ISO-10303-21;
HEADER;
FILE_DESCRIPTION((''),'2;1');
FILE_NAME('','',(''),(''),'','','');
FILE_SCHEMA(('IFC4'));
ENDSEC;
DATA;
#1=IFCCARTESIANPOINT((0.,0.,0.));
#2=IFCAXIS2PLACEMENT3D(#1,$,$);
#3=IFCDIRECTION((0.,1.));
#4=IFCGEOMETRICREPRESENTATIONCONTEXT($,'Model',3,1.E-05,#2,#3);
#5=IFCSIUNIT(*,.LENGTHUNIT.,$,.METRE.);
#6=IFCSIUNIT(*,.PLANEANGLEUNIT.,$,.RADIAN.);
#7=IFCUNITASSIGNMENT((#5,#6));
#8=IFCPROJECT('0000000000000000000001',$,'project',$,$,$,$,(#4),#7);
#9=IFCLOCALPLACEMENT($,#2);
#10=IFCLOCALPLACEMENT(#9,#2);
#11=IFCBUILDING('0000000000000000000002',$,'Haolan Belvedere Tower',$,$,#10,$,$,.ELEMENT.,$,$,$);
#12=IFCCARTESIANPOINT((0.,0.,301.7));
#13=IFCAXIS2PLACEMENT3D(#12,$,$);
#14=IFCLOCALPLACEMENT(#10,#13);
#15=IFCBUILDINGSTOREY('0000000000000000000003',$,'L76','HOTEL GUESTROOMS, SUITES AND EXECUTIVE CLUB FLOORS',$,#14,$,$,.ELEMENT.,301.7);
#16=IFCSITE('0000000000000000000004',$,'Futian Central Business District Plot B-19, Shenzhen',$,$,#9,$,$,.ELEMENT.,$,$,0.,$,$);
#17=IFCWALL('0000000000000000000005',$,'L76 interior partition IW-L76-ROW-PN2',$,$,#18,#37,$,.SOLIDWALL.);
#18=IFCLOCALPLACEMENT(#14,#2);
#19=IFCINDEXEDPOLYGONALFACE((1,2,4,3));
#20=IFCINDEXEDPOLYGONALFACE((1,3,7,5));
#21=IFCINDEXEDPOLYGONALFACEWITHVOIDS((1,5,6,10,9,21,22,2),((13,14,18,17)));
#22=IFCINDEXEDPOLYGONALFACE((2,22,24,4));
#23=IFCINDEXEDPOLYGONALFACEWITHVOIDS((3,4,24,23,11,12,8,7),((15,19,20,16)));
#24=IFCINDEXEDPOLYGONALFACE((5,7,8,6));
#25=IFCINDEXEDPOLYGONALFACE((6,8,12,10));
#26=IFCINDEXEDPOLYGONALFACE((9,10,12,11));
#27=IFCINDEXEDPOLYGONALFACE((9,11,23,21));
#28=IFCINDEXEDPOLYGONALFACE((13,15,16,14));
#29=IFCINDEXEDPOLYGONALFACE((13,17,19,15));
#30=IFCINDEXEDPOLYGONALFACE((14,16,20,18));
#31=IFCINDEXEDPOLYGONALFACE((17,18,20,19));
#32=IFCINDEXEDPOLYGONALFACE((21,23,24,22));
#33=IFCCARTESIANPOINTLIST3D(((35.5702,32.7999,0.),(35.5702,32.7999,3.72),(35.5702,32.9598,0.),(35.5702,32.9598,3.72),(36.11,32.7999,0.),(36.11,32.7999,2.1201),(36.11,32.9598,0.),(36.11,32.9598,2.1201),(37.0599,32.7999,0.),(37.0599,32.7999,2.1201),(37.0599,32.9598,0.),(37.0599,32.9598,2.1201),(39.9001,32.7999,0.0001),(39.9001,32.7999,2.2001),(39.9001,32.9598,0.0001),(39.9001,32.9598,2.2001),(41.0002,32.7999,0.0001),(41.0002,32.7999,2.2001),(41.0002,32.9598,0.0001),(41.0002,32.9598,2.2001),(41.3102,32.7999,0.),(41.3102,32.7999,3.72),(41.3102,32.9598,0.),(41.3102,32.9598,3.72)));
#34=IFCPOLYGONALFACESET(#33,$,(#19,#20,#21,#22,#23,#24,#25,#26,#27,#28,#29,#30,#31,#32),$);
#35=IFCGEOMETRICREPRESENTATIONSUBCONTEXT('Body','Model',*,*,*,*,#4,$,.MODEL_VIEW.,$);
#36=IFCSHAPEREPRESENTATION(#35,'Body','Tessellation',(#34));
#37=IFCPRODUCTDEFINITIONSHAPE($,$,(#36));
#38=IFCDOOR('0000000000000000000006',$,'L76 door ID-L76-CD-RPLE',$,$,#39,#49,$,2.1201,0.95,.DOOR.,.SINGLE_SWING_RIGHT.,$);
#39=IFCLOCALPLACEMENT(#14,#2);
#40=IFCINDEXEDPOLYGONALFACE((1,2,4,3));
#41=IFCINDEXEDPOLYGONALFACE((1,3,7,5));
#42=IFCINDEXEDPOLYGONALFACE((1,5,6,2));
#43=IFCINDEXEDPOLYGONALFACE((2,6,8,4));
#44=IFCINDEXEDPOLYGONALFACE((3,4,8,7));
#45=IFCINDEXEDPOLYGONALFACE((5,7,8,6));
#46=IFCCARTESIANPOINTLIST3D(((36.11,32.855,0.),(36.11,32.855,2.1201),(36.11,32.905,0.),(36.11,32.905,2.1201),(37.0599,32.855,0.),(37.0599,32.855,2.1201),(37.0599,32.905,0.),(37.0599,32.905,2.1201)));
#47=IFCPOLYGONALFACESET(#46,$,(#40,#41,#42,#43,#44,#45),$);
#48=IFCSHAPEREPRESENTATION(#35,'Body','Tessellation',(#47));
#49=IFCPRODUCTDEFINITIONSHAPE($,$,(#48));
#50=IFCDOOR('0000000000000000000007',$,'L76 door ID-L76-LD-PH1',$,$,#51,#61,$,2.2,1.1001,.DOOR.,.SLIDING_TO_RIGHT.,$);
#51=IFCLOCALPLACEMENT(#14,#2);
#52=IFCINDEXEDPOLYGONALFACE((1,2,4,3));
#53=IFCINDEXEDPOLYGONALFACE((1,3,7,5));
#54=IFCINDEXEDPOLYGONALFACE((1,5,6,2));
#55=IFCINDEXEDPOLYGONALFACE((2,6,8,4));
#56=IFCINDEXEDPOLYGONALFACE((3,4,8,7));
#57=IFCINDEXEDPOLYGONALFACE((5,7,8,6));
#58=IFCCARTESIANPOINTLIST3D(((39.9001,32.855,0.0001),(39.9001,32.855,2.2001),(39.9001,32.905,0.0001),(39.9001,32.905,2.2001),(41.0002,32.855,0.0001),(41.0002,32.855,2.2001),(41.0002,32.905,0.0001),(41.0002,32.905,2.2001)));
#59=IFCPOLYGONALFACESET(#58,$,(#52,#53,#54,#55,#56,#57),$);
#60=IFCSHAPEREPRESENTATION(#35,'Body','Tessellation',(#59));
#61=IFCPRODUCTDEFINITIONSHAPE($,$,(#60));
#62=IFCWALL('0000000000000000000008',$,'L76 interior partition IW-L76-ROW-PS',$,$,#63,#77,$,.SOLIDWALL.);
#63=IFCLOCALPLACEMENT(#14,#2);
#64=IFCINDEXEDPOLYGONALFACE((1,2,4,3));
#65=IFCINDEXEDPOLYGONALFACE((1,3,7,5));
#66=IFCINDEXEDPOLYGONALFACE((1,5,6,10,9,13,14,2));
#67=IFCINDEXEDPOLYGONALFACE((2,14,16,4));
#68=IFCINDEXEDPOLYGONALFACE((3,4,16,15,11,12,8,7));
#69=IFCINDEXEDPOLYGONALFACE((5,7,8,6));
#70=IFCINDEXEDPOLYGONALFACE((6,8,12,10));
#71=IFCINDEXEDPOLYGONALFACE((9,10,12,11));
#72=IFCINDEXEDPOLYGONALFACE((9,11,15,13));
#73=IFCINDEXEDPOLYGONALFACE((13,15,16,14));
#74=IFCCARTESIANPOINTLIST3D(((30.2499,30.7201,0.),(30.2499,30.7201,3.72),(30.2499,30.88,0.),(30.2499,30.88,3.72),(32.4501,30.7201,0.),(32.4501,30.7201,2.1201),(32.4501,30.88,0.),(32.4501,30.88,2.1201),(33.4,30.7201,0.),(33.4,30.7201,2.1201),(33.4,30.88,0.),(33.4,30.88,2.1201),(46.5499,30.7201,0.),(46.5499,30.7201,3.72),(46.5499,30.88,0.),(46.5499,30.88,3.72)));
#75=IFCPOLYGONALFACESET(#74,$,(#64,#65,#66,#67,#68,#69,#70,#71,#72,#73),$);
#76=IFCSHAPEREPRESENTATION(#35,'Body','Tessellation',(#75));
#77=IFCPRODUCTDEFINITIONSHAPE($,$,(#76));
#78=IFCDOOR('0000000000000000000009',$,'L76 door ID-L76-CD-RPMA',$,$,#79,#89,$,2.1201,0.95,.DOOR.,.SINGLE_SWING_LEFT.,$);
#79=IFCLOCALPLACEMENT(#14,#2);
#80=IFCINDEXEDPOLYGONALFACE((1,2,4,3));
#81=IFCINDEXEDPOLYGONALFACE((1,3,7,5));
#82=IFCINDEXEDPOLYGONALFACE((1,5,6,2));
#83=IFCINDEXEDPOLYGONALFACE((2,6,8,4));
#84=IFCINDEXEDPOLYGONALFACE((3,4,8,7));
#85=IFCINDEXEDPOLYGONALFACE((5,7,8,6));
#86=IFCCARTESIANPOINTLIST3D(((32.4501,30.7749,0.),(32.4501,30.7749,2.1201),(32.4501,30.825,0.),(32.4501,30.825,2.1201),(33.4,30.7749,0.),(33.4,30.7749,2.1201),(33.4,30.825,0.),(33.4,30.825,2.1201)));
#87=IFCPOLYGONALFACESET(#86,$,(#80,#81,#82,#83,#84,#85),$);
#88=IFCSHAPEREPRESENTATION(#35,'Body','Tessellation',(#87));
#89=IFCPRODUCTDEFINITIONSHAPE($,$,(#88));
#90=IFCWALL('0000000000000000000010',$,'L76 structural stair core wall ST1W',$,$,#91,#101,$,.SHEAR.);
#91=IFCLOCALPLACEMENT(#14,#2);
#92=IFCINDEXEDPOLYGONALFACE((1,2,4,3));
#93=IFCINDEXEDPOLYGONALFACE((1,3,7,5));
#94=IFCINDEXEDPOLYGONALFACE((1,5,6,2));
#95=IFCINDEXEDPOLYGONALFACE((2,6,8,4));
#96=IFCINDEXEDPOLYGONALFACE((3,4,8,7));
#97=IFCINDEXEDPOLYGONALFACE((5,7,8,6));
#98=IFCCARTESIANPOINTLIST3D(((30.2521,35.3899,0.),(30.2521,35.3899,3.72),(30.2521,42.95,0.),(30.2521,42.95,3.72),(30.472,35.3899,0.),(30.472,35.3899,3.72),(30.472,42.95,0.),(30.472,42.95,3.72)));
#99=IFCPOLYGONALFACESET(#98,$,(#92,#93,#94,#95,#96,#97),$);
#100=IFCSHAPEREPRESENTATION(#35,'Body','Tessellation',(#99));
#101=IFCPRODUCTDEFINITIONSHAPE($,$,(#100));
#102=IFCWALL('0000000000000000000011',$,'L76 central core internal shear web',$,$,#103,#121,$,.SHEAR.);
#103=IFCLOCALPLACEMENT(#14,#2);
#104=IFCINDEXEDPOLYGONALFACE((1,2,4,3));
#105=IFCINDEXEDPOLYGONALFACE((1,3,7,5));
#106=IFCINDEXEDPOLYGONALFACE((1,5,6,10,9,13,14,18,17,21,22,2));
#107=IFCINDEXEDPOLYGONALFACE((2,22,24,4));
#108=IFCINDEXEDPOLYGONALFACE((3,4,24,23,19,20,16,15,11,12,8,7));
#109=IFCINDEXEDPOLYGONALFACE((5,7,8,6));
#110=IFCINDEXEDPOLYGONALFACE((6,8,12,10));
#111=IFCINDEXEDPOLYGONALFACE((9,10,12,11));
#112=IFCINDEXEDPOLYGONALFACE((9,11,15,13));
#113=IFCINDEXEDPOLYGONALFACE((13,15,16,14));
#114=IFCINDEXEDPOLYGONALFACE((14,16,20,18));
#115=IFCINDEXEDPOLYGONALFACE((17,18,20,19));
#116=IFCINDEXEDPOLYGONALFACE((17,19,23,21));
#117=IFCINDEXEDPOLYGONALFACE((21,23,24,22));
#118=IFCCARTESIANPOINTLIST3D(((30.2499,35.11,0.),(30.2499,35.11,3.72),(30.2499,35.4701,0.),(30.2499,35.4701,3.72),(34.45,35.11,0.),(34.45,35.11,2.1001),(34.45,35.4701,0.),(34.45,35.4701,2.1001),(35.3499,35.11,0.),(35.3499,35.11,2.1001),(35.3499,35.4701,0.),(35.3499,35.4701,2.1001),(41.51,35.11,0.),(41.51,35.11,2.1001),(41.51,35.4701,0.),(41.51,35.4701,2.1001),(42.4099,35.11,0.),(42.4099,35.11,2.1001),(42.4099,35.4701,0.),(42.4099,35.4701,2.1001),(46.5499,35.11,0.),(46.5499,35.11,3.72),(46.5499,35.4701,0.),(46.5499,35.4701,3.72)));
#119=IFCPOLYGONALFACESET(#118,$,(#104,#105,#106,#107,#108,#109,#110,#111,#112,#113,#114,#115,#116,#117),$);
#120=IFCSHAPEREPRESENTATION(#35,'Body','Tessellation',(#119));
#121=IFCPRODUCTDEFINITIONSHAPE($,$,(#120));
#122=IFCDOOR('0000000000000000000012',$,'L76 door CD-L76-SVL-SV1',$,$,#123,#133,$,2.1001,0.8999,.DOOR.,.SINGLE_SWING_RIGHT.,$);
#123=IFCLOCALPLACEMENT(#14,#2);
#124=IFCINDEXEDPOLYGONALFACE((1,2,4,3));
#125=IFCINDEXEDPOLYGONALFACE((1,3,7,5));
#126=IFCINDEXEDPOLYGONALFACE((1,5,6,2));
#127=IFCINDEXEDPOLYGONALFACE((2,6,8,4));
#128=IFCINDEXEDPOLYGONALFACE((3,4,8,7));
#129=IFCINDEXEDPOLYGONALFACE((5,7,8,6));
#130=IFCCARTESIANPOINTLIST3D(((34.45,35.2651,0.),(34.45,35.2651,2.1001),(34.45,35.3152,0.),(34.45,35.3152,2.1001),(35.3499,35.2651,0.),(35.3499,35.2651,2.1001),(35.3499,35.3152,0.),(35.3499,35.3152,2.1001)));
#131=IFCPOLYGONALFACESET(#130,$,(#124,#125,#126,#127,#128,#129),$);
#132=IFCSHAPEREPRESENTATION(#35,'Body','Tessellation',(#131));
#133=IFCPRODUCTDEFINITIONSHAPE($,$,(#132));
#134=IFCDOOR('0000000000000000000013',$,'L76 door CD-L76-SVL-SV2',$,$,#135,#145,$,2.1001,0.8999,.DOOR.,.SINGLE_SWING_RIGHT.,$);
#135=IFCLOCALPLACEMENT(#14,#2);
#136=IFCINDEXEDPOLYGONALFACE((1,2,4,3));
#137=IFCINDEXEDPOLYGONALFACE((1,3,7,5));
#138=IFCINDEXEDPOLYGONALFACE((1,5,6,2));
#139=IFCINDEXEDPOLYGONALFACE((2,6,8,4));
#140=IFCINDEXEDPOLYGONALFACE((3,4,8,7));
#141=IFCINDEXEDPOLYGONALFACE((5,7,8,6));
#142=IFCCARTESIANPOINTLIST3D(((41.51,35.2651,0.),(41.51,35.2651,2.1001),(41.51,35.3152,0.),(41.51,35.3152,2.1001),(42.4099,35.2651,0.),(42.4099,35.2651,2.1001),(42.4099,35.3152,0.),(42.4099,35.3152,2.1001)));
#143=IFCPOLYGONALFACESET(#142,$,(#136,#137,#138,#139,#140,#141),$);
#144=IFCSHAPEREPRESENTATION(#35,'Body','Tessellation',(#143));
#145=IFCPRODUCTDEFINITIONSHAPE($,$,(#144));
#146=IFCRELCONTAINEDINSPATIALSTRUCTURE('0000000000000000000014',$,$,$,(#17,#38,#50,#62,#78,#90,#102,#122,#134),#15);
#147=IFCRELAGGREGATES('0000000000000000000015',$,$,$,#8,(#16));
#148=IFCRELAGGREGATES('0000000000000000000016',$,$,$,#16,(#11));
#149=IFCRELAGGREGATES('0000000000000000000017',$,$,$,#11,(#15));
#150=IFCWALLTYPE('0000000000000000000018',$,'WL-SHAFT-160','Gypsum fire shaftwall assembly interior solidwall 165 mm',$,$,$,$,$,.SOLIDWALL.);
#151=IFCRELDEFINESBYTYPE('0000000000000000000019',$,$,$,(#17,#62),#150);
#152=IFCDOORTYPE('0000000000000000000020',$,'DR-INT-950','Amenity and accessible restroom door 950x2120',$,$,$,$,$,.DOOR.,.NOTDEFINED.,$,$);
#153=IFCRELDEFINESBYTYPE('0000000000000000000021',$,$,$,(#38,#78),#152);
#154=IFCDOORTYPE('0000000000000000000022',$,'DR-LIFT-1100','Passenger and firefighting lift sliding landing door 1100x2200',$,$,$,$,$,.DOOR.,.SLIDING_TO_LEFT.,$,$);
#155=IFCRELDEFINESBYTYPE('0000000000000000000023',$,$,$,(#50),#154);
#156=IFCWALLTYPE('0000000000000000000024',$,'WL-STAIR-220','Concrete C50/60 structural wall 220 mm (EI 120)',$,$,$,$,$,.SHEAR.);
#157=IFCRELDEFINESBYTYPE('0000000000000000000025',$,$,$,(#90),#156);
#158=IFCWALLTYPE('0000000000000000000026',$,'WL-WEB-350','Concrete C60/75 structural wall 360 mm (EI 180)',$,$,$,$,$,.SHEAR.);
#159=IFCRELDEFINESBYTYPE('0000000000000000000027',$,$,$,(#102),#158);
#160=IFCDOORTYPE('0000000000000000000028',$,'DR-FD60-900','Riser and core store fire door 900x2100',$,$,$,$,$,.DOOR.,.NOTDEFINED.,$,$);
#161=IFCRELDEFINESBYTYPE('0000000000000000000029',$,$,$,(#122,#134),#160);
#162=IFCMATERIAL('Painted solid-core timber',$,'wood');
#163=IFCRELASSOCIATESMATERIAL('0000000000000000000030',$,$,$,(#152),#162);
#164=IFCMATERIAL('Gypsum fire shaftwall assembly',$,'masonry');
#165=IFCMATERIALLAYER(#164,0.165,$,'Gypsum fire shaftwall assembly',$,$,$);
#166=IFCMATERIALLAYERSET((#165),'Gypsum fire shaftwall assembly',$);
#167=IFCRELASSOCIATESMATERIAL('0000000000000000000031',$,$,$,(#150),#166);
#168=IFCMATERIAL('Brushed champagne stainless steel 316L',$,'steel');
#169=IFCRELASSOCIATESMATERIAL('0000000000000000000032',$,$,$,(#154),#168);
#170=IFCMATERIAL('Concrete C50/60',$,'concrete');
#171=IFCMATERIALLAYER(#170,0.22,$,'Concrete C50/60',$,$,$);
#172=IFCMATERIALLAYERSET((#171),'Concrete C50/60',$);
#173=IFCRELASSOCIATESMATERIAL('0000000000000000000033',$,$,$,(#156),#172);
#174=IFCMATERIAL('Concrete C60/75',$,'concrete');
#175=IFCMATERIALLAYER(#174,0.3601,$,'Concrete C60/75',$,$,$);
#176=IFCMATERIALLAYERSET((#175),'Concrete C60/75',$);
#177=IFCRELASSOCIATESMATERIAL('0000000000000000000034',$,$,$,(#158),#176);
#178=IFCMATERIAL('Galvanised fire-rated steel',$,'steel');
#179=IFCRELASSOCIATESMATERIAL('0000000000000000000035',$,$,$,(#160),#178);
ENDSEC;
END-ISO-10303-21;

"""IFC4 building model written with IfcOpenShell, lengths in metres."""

from ifc_helpers import new_model, si_unit, direction, frame, frame_2d, origin, place, context, subcontext, project, spatial, rectangle, extrude, material, layer, layer_set, type_object, element, fill, save


model = new_model("IFC4")

# Units and contexts
model_context = context("Model", 3, precision=1e-05, world=origin(), true_north=direction((0.0, 1.0)))
body_context = subcontext(model_context, "Body", "Model", "MODEL_VIEW")
ifc_project = project(units=[si_unit("LENGTHUNIT", "METRE"), si_unit("PLANEANGLEUNIT", "RADIAN")], contexts=[model_context])

# Site, building, storey
site_placement = place(None, origin())
site = spatial("IfcSite", under=ifc_project, at=site_placement, Name="Futian Central Business District Plot B-19, Shenzhen", CompositionType="ELEMENT", RefElevation=0.0)
building_placement = place(site_placement, origin())
building = spatial("IfcBuilding", under=site, at=building_placement, Name="Haolan Belvedere Tower", CompositionType="ELEMENT")
storey_placement = place(building_placement, frame((0.0, 0.0, 301.7)))
storey = spatial("IfcBuildingStorey", under=building, at=storey_placement, Name="L76", Description="HOTEL GUESTROOMS, SUITES AND EXECUTIVE CLUB FLOORS", CompositionType="ELEMENT", Elevation=301.7)

# Shared definitions
ifc_material_1 = material(Name="Concrete C60/75", Category="concrete")

# Shared definitions
ifc_material_2 = material(Name="Concrete C50/60", Category="concrete")

# Shared definitions
ifc_material_3 = material(Name="Painted solid-core timber", Category="wood")
door_type_1 = type_object("IfcDoorType", Name="DR-INT-950", Description="Amenity and accessible restroom door 950x2120", OperationType="NOTDEFINED", PredefinedType="DOOR", material=ifc_material_3)

# Shared definitions
ifc_material_4 = material(Name="Gypsum fire shaftwall assembly", Category="masonry")
ifc_layer_1 = layer(ifc_material_4, 0.165, Name="Gypsum fire shaftwall assembly")
ifc_layer_set_1 = layer_set([ifc_layer_1], Name="Gypsum fire shaftwall assembly")
wall_type_1 = type_object("IfcWallType", Name="WL-SHAFT-160", Description="Gypsum fire shaftwall assembly interior solidwall 165 mm", PredefinedType="SOLIDWALL", material=ifc_layer_set_1)

# Wall, openings, doors
wall_1_placement = place(storey_placement, frame((35.5701, 32.8799, 0.0), z_axis=(0.0, 0.0, 1.0), x_axis=(1.0, 0.0, 0.0)))
wall_1 = element("IfcWall", 1, at=wall_1_placement, inside=storey, type_object=wall_type_1, Name="L76 interior partition IW-L76-ROW-PN2", PredefinedType="SOLIDWALL", context=body_context, shape_type="SweptSolid", body=[
    extrude(rectangle(XDim=5.74, YDim=0.1599, at=frame_2d((2.8701, 0.0))), origin(), (0.0, 0.0, 1.0), 3.72),
])
opening_1_placement = place(wall_1_placement, frame((1.49, 0.0, 0.0), z_axis=(0.0, 0.0, 1.0), x_axis=(-1.0, 0.0, 0.0)))
opening_1 = element("IfcOpeningElement", 2, at=opening_1_placement, cuts=wall_1, PredefinedType="OPENING", context=body_context, shape_type="SweptSolid", body=[
    extrude(rectangle(XDim=0.95, YDim=2.1201, at=frame_2d((0.4751, 1.0601))), frame((0.0, 0.0898, 0.0), z_axis=(0.0, -1.0, 0.0), x_axis=(1.0, 0.0, 0.0)), (0.0, 0.0, 1.0), 0.1799),
])
opening_2_placement = place(wall_1_placement, frame((5.4302, 0.0, 0.0), z_axis=(0.0, 0.0, 1.0), x_axis=(-1.0, 0.0, 0.0)))
opening_2 = element("IfcOpeningElement", 3, at=opening_2_placement, cuts=wall_1, PredefinedType="OPENING", context=body_context, shape_type="SweptSolid", body=[
    extrude(rectangle(XDim=1.1001, YDim=2.2, at=frame_2d((0.55, 1.1001))), frame((0.0, 0.0898, 0.0), z_axis=(0.0, -1.0, 0.0), x_axis=(1.0, 0.0, 0.0)), (0.0, 0.0, 1.0), 0.1799),
])
door_1_placement = place(opening_1_placement, origin())
door_1 = element("IfcDoor", 4, at=door_1_placement, inside=storey, type_object=door_type_1, Name="L76 door ID-L76-CD-RPLE", OperationType="SINGLE_SWING_RIGHT", OverallHeight=2.1201, OverallWidth=0.95, PredefinedType="DOOR", context=body_context, shape_type="SweptSolid", body=[
    extrude(rectangle(XDim=0.95, YDim=2.1201, at=frame_2d((0.4751, 1.0601))), frame((0.0, 0.0249, 0.0), z_axis=(0.0, -1.0, 0.0), x_axis=(1.0, 0.0, 0.0)), (0.0, 0.0, 1.0), 0.05),
])
fill(opening_1, door_1)
ifc_material_5 = material(Name="Brushed champagne stainless steel 316L", Category="steel")
door_type_2 = type_object("IfcDoorType", Name="DR-LIFT-1100", Description="Passenger and firefighting lift sliding landing door 1100x2200", OperationType="SLIDING_TO_LEFT", PredefinedType="DOOR", material=ifc_material_5)
door_2_placement = place(opening_2_placement, origin())
door_2 = element("IfcDoor", 5, at=door_2_placement, inside=storey, type_object=door_type_2, Name="L76 door ID-L76-LD-PH1", OperationType="SLIDING_TO_RIGHT", OverallHeight=2.2, OverallWidth=1.1001, PredefinedType="DOOR", context=body_context, shape_type="SweptSolid", body=[
    extrude(rectangle(XDim=1.1001, YDim=2.2, at=frame_2d((0.55, 1.1001))), frame((0.0, 0.0249, 0.0), z_axis=(0.0, -1.0, 0.0), x_axis=(1.0, 0.0, 0.0)), (0.0, 0.0, 1.0), 0.05),
])
fill(opening_2, door_2)

# Wall, opening, door
wall_2_placement = place(storey_placement, frame((30.25, 30.8, 0.0), z_axis=(0.0, 0.0, 1.0), x_axis=(1.0, 0.0, 0.0)))
wall_2 = element("IfcWall", 6, at=wall_2_placement, inside=storey, type_object=wall_type_1, Name="L76 interior partition IW-L76-ROW-PS", PredefinedType="SOLIDWALL", context=body_context, shape_type="SweptSolid", body=[
    extrude(rectangle(XDim=16.3, YDim=0.1599, at=frame_2d((8.1499, 0.0))), origin(), (0.0, 0.0, 1.0), 3.72),
])
opening_3_placement = place(wall_2_placement, frame((2.2, 0.0, 0.0)))
opening_3 = element("IfcOpeningElement", 7, at=opening_3_placement, cuts=wall_2, PredefinedType="OPENING", context=body_context, shape_type="SweptSolid", body=[
    extrude(rectangle(XDim=0.95, YDim=2.1201, at=frame_2d((0.4751, 1.0601))), frame((0.0, 0.0898, 0.0), z_axis=(0.0, -1.0, 0.0), x_axis=(1.0, 0.0, 0.0)), (0.0, 0.0, 1.0), 0.1799),
])
door_3_placement = place(opening_3_placement, origin())
door_3 = element("IfcDoor", 8, at=door_3_placement, inside=storey, type_object=door_type_1, Name="L76 door ID-L76-CD-RPMA", OperationType="SINGLE_SWING_LEFT", OverallHeight=2.1201, OverallWidth=0.95, PredefinedType="DOOR", context=body_context, shape_type="SweptSolid", body=[
    extrude(rectangle(XDim=0.95, YDim=2.1201, at=frame_2d((0.4751, 1.0601))), frame((0.0, 0.0249, 0.0), z_axis=(0.0, -1.0, 0.0), x_axis=(1.0, 0.0, 0.0)), (0.0, 0.0, 1.0), 0.05),
])
fill(opening_3, door_3)

# Wall
ifc_layer_2 = layer(ifc_material_2, 0.22, Name="Concrete C50/60")
ifc_layer_set_2 = layer_set([ifc_layer_2], Name="Concrete C50/60")
wall_type_2 = type_object("IfcWallType", Name="WL-STAIR-220", Description="Concrete C50/60 structural wall 220 mm (EI 120)", PredefinedType="SHEAR", material=ifc_layer_set_2)
wall_3_placement = place(storey_placement, frame((30.3621, 35.3899, 0.0), z_axis=(0.0, 0.0, 1.0), x_axis=(0.0, 1.0, 0.0)))
element("IfcWall", 9, at=wall_3_placement, inside=storey, type_object=wall_type_2, Name="L76 structural stair core wall ST1W", PredefinedType="SHEAR", context=body_context, shape_type="SweptSolid", body=[
    extrude(rectangle(XDim=7.5601, YDim=0.22, at=frame_2d((3.78, 0.0))), origin(), (0.0, 0.0, 1.0), 3.72),
])

# Wall, openings, doors
ifc_layer_3 = layer(ifc_material_1, 0.3601, Name="Concrete C60/75")
ifc_layer_set_3 = layer_set([ifc_layer_3], Name="Concrete C60/75")
wall_type_3 = type_object("IfcWallType", Name="WL-WEB-350", Description="Concrete C60/75 structural wall 360 mm (EI 180)", PredefinedType="SHEAR", material=ifc_layer_set_3)
wall_4_placement = place(storey_placement, frame((30.25, 35.29, 0.0), z_axis=(0.0, 0.0, 1.0), x_axis=(1.0, 0.0, 0.0)))
wall_4 = element("IfcWall", 10, at=wall_4_placement, inside=storey, type_object=wall_type_3, Name="L76 central core internal shear web", PredefinedType="SHEAR", context=body_context, shape_type="SweptSolid", body=[
    extrude(rectangle(XDim=16.3, YDim=0.3601, at=frame_2d((8.1499, 0.0))), origin(), (0.0, 0.0, 1.0), 3.72),
])
opening_4_placement = place(wall_4_placement, frame((5.0999, 0.0, 0.0), z_axis=(0.0, 0.0, 1.0), x_axis=(-1.0, 0.0, 0.0)))
opening_4 = element("IfcOpeningElement", 11, at=opening_4_placement, cuts=wall_4, PredefinedType="OPENING", context=body_context, shape_type="SweptSolid", body=[
    extrude(rectangle(XDim=0.8999, YDim=2.1001, at=frame_2d((0.45, 1.05))), frame((0.0, 0.1899, 0.0), z_axis=(0.0, -1.0, 0.0), x_axis=(1.0, 0.0, 0.0)), (0.0, 0.0, 1.0), 0.3801),
])
opening_5_placement = place(wall_4_placement, frame((12.1599, 0.0, 0.0), z_axis=(0.0, 0.0, 1.0), x_axis=(-1.0, 0.0, 0.0)))
opening_5 = element("IfcOpeningElement", 12, at=opening_5_placement, cuts=wall_4, PredefinedType="OPENING", context=body_context, shape_type="SweptSolid", body=[
    extrude(rectangle(XDim=0.8999, YDim=2.1001, at=frame_2d((0.45, 1.05))), frame((0.0, 0.1899, 0.0), z_axis=(0.0, -1.0, 0.0), x_axis=(1.0, 0.0, 0.0)), (0.0, 0.0, 1.0), 0.3801),
])
ifc_material_6 = material(Name="Galvanised fire-rated steel", Category="steel")
door_type_3 = type_object("IfcDoorType", Name="DR-FD60-900", Description="Riser and core store fire door 900x2100", OperationType="NOTDEFINED", PredefinedType="DOOR", material=ifc_material_6)
door_4_placement = place(opening_4_placement, origin())
door_4 = element("IfcDoor", 13, at=door_4_placement, inside=storey, type_object=door_type_3, Name="L76 door CD-L76-SVL-SV1", OperationType="SINGLE_SWING_RIGHT", OverallHeight=2.1001, OverallWidth=0.8999, PredefinedType="DOOR", context=body_context, shape_type="SweptSolid", body=[
    extrude(rectangle(XDim=0.8999, YDim=2.1001, at=frame_2d((0.45, 1.05))), frame((0.0, 0.0249, 0.0), z_axis=(0.0, -1.0, 0.0), x_axis=(1.0, 0.0, 0.0)), (0.0, 0.0, 1.0), 0.05),
])
fill(opening_4, door_4)
door_5_placement = place(opening_5_placement, origin())
door_5 = element("IfcDoor", 14, at=door_5_placement, inside=storey, type_object=door_type_3, Name="L76 door CD-L76-SVL-SV2", OperationType="SINGLE_SWING_RIGHT", OverallHeight=2.1001, OverallWidth=0.8999, PredefinedType="DOOR", context=body_context, shape_type="SweptSolid", body=[
    extrude(rectangle(XDim=0.8999, YDim=2.1001, at=frame_2d((0.45, 1.05))), frame((0.0, 0.0249, 0.0), z_axis=(0.0, -1.0, 0.0), x_axis=(1.0, 0.0, 0.0)), (0.0, 0.0, 1.0), 0.05),
])
fill(opening_5, door_5)

save(model, "model.ifc")
